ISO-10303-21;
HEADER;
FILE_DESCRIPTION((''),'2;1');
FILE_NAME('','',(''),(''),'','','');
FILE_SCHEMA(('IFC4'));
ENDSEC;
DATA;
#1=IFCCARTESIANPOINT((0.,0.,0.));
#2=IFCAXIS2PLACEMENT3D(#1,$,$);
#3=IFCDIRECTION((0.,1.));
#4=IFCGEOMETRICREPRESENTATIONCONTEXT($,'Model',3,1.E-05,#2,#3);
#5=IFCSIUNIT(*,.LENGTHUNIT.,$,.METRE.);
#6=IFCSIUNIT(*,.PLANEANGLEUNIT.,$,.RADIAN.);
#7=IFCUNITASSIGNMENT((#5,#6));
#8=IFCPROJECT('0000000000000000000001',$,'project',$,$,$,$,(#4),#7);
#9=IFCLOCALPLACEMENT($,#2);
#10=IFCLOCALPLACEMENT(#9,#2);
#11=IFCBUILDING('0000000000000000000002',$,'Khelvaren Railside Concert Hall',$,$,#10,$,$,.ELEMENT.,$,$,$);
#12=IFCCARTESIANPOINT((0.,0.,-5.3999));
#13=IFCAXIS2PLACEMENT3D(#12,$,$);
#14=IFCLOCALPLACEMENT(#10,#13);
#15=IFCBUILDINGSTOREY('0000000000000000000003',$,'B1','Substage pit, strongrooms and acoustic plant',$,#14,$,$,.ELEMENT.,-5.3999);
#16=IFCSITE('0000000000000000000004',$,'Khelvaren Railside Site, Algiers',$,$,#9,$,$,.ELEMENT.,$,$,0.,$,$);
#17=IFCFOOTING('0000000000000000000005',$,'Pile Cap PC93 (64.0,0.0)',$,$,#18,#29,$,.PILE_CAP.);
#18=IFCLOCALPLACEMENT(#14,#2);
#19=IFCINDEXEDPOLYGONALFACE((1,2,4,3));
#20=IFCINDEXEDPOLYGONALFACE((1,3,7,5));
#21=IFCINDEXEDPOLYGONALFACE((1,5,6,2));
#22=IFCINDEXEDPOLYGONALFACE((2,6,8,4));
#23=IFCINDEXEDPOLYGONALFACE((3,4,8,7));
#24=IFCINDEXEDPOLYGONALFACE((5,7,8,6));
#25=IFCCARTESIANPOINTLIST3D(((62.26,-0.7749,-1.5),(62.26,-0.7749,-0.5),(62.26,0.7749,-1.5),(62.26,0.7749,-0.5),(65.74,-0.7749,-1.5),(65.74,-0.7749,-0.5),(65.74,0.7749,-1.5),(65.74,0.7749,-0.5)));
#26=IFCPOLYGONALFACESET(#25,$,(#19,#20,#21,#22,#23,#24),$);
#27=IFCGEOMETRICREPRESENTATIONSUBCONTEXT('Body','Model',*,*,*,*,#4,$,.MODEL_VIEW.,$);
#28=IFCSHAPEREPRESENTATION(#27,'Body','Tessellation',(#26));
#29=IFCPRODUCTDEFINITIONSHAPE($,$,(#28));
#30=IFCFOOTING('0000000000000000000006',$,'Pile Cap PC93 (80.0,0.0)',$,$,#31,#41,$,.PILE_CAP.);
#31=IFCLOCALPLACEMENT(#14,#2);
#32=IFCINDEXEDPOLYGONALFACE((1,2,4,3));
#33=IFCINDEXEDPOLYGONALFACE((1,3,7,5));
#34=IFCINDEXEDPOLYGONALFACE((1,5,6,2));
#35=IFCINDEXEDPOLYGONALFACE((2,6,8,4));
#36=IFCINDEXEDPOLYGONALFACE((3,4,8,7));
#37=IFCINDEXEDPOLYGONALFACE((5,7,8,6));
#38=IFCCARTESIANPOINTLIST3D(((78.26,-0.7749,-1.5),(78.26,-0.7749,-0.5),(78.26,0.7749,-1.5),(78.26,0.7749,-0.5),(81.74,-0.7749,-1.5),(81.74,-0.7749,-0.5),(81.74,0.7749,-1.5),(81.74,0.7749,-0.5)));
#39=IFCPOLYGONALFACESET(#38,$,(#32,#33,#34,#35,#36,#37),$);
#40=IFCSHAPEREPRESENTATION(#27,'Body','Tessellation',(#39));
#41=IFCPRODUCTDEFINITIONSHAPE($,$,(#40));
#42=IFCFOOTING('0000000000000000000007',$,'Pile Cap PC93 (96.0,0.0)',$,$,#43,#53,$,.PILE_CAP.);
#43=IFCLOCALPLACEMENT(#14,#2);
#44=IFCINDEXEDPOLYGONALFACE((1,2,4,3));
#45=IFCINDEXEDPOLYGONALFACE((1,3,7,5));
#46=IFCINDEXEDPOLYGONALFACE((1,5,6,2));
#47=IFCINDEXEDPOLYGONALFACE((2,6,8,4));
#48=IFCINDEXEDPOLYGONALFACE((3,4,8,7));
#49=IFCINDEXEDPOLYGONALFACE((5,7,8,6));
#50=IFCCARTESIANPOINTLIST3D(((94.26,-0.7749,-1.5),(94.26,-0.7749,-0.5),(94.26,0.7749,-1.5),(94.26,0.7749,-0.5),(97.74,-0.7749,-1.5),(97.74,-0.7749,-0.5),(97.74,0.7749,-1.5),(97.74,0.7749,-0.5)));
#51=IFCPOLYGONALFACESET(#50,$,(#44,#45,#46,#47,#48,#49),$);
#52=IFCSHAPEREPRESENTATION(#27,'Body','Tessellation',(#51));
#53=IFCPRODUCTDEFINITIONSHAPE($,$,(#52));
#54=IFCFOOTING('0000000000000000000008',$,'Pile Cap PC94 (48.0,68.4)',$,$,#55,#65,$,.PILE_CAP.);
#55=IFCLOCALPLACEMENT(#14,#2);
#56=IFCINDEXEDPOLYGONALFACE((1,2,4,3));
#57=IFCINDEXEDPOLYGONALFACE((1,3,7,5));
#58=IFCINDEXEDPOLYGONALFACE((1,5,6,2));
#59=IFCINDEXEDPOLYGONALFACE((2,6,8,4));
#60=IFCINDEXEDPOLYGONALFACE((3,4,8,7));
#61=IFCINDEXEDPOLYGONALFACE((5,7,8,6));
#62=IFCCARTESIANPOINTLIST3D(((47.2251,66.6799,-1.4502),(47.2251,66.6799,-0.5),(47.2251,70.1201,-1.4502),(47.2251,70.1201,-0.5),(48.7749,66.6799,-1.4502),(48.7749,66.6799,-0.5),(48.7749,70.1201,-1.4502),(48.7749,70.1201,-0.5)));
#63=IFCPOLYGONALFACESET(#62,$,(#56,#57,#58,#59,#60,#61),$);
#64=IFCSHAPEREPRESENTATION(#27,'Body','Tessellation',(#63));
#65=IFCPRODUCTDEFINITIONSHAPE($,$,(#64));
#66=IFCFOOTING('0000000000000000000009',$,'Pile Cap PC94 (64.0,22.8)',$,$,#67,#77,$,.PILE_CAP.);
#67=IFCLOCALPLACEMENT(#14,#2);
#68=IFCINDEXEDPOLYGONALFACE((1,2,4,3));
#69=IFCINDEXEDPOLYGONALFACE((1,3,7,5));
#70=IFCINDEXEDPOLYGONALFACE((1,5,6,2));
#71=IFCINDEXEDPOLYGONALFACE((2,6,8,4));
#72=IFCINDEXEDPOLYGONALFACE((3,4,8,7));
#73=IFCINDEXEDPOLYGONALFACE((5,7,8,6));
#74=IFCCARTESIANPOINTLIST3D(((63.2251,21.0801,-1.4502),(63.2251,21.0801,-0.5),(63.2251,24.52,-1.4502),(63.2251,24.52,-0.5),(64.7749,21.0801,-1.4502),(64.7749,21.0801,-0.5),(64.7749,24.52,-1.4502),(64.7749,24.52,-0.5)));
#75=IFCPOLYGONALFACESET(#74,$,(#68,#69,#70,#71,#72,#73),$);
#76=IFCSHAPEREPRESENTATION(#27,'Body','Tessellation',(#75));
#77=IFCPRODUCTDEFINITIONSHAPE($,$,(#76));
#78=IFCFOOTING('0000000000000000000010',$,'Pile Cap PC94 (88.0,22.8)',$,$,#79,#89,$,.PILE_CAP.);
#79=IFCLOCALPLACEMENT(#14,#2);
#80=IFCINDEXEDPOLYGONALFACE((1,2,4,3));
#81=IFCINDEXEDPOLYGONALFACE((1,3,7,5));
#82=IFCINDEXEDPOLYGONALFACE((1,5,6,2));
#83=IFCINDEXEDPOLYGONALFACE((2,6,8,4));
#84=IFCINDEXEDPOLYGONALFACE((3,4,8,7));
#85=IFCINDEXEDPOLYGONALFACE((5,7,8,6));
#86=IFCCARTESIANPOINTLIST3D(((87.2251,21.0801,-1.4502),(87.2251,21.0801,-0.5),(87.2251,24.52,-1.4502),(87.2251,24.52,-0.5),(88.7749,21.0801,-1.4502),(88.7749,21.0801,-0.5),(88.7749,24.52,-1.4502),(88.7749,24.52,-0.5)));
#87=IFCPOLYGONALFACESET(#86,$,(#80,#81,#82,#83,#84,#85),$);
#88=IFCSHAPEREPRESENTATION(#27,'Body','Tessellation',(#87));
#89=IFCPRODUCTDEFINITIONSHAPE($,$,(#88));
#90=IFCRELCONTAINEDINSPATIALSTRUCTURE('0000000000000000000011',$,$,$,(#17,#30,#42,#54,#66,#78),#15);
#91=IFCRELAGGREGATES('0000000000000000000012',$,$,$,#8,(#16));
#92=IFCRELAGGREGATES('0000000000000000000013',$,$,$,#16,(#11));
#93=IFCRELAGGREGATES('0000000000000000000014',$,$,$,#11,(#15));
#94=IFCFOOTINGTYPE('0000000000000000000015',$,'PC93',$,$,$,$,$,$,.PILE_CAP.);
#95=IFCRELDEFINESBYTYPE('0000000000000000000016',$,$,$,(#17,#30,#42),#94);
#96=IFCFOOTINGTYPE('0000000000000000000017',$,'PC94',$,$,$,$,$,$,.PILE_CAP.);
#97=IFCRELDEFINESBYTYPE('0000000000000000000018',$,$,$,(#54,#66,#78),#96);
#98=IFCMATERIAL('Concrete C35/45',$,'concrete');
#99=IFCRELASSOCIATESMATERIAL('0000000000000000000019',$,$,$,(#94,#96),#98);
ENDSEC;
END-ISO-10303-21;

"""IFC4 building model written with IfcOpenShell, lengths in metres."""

from ifc_helpers import new_model, si_unit, direction, frame, origin, place, context, subcontext, project, spatial, polyline, outline, extrude, material, type_object, element, save


model = new_model("IFC4")

# Units and contexts
model_context = context("Model", 3, precision=1e-05, world=origin(), true_north=direction((0.0, 1.0)))
body_context = subcontext(model_context, "Body", "Model", "MODEL_VIEW")
ifc_project = project(units=[si_unit("LENGTHUNIT", "METRE"), si_unit("PLANEANGLEUNIT", "RADIAN")], contexts=[model_context])

# Site, building, storey
site_placement = place(None, origin())
site = spatial("IfcSite", under=ifc_project, at=site_placement, Name="Khelvaren Railside Site, Algiers", CompositionType="ELEMENT", RefElevation=0.0)
building_placement = place(site_placement, origin())
building = spatial("IfcBuilding", under=site, at=building_placement, Name="Khelvaren Railside Concert Hall", CompositionType="ELEMENT")
storey_placement = place(building_placement, frame((0.0, 0.0, -5.3999)))
storey = spatial("IfcBuildingStorey", under=building, at=storey_placement, Name="B1", Description="Substage pit, strongrooms and acoustic plant", CompositionType="ELEMENT", Elevation=-5.3999)

# Footings
ifc_material = material(Name="Concrete C35/45", Category="concrete")
footing_type_1 = type_object("IfcFootingType", Name="PC93", PredefinedType="PILE_CAP", material=ifc_material)
footing_1_placement = place(storey_placement, frame((0.0, 0.0, -1.5)))
element("IfcFooting", 1, at=footing_1_placement, inside=storey, type_object=footing_type_1, Name="Pile Cap PC93 (64.0,0.0)", PredefinedType="PILE_CAP", context=body_context, shape_type="SweptSolid", body=[
    extrude(outline(polyline([(62.26, -0.7749), (65.74, -0.7749), (65.74, 0.7749), (62.26, 0.7749), (62.26, -0.7749)])), origin(), (0.0, 0.0, 1.0), 1.0),
])
footing_2_placement = place(storey_placement, frame((0.0, 0.0, -1.5)))
element("IfcFooting", 2, at=footing_2_placement, inside=storey, type_object=footing_type_1, Name="Pile Cap PC93 (80.0,0.0)", PredefinedType="PILE_CAP", context=body_context, shape_type="SweptSolid", body=[
    extrude(outline(polyline([(78.26, -0.7749), (81.74, -0.7749), (81.74, 0.7749), (78.26, 0.7749), (78.26, -0.7749)])), origin(), (0.0, 0.0, 1.0), 1.0),
])
footing_3_placement = place(storey_placement, frame((0.0, 0.0, -1.5)))
element("IfcFooting", 3, at=footing_3_placement, inside=storey, type_object=footing_type_1, Name="Pile Cap PC93 (96.0,0.0)", PredefinedType="PILE_CAP", context=body_context, shape_type="SweptSolid", body=[
    extrude(outline(polyline([(94.26, -0.7749), (97.74, -0.7749), (97.74, 0.7749), (94.26, 0.7749), (94.26, -0.7749)])), origin(), (0.0, 0.0, 1.0), 1.0),
])
footing_type_2 = type_object("IfcFootingType", Name="PC94", PredefinedType="PILE_CAP", material=ifc_material)
footing_4_placement = place(storey_placement, frame((0.0, 0.0, -1.4502)))
element("IfcFooting", 4, at=footing_4_placement, inside=storey, type_object=footing_type_2, Name="Pile Cap PC94 (48.0,68.4)", PredefinedType="PILE_CAP", context=body_context, shape_type="SweptSolid", body=[
    extrude(outline(polyline([(47.2251, 66.6799), (48.7749, 66.6799), (48.7749, 70.1201), (47.2251, 70.1201), (47.2251, 66.6799)])), origin(), (0.0, 0.0, 1.0), 0.9502),
])
footing_5_placement = place(storey_placement, frame((0.0, 0.0, -1.4502)))
element("IfcFooting", 5, at=footing_5_placement, inside=storey, type_object=footing_type_2, Name="Pile Cap PC94 (64.0,22.8)", PredefinedType="PILE_CAP", context=body_context, shape_type="SweptSolid", body=[
    extrude(outline(polyline([(63.2251, 21.0801), (64.7749, 21.0801), (64.7749, 24.52), (63.2251, 24.52), (63.2251, 21.0801)])), origin(), (0.0, 0.0, 1.0), 0.9502),
])
footing_6_placement = place(storey_placement, frame((0.0, 0.0, -1.4502)))
element("IfcFooting", 6, at=footing_6_placement, inside=storey, type_object=footing_type_2, Name="Pile Cap PC94 (88.0,22.8)", PredefinedType="PILE_CAP", context=body_context, shape_type="SweptSolid", body=[
    extrude(outline(polyline([(87.2251, 21.0801), (88.7749, 21.0801), (88.7749, 24.52), (87.2251, 24.52), (87.2251, 21.0801)])), origin(), (0.0, 0.0, 1.0), 0.9502),
])

save(model, "model.ifc")
